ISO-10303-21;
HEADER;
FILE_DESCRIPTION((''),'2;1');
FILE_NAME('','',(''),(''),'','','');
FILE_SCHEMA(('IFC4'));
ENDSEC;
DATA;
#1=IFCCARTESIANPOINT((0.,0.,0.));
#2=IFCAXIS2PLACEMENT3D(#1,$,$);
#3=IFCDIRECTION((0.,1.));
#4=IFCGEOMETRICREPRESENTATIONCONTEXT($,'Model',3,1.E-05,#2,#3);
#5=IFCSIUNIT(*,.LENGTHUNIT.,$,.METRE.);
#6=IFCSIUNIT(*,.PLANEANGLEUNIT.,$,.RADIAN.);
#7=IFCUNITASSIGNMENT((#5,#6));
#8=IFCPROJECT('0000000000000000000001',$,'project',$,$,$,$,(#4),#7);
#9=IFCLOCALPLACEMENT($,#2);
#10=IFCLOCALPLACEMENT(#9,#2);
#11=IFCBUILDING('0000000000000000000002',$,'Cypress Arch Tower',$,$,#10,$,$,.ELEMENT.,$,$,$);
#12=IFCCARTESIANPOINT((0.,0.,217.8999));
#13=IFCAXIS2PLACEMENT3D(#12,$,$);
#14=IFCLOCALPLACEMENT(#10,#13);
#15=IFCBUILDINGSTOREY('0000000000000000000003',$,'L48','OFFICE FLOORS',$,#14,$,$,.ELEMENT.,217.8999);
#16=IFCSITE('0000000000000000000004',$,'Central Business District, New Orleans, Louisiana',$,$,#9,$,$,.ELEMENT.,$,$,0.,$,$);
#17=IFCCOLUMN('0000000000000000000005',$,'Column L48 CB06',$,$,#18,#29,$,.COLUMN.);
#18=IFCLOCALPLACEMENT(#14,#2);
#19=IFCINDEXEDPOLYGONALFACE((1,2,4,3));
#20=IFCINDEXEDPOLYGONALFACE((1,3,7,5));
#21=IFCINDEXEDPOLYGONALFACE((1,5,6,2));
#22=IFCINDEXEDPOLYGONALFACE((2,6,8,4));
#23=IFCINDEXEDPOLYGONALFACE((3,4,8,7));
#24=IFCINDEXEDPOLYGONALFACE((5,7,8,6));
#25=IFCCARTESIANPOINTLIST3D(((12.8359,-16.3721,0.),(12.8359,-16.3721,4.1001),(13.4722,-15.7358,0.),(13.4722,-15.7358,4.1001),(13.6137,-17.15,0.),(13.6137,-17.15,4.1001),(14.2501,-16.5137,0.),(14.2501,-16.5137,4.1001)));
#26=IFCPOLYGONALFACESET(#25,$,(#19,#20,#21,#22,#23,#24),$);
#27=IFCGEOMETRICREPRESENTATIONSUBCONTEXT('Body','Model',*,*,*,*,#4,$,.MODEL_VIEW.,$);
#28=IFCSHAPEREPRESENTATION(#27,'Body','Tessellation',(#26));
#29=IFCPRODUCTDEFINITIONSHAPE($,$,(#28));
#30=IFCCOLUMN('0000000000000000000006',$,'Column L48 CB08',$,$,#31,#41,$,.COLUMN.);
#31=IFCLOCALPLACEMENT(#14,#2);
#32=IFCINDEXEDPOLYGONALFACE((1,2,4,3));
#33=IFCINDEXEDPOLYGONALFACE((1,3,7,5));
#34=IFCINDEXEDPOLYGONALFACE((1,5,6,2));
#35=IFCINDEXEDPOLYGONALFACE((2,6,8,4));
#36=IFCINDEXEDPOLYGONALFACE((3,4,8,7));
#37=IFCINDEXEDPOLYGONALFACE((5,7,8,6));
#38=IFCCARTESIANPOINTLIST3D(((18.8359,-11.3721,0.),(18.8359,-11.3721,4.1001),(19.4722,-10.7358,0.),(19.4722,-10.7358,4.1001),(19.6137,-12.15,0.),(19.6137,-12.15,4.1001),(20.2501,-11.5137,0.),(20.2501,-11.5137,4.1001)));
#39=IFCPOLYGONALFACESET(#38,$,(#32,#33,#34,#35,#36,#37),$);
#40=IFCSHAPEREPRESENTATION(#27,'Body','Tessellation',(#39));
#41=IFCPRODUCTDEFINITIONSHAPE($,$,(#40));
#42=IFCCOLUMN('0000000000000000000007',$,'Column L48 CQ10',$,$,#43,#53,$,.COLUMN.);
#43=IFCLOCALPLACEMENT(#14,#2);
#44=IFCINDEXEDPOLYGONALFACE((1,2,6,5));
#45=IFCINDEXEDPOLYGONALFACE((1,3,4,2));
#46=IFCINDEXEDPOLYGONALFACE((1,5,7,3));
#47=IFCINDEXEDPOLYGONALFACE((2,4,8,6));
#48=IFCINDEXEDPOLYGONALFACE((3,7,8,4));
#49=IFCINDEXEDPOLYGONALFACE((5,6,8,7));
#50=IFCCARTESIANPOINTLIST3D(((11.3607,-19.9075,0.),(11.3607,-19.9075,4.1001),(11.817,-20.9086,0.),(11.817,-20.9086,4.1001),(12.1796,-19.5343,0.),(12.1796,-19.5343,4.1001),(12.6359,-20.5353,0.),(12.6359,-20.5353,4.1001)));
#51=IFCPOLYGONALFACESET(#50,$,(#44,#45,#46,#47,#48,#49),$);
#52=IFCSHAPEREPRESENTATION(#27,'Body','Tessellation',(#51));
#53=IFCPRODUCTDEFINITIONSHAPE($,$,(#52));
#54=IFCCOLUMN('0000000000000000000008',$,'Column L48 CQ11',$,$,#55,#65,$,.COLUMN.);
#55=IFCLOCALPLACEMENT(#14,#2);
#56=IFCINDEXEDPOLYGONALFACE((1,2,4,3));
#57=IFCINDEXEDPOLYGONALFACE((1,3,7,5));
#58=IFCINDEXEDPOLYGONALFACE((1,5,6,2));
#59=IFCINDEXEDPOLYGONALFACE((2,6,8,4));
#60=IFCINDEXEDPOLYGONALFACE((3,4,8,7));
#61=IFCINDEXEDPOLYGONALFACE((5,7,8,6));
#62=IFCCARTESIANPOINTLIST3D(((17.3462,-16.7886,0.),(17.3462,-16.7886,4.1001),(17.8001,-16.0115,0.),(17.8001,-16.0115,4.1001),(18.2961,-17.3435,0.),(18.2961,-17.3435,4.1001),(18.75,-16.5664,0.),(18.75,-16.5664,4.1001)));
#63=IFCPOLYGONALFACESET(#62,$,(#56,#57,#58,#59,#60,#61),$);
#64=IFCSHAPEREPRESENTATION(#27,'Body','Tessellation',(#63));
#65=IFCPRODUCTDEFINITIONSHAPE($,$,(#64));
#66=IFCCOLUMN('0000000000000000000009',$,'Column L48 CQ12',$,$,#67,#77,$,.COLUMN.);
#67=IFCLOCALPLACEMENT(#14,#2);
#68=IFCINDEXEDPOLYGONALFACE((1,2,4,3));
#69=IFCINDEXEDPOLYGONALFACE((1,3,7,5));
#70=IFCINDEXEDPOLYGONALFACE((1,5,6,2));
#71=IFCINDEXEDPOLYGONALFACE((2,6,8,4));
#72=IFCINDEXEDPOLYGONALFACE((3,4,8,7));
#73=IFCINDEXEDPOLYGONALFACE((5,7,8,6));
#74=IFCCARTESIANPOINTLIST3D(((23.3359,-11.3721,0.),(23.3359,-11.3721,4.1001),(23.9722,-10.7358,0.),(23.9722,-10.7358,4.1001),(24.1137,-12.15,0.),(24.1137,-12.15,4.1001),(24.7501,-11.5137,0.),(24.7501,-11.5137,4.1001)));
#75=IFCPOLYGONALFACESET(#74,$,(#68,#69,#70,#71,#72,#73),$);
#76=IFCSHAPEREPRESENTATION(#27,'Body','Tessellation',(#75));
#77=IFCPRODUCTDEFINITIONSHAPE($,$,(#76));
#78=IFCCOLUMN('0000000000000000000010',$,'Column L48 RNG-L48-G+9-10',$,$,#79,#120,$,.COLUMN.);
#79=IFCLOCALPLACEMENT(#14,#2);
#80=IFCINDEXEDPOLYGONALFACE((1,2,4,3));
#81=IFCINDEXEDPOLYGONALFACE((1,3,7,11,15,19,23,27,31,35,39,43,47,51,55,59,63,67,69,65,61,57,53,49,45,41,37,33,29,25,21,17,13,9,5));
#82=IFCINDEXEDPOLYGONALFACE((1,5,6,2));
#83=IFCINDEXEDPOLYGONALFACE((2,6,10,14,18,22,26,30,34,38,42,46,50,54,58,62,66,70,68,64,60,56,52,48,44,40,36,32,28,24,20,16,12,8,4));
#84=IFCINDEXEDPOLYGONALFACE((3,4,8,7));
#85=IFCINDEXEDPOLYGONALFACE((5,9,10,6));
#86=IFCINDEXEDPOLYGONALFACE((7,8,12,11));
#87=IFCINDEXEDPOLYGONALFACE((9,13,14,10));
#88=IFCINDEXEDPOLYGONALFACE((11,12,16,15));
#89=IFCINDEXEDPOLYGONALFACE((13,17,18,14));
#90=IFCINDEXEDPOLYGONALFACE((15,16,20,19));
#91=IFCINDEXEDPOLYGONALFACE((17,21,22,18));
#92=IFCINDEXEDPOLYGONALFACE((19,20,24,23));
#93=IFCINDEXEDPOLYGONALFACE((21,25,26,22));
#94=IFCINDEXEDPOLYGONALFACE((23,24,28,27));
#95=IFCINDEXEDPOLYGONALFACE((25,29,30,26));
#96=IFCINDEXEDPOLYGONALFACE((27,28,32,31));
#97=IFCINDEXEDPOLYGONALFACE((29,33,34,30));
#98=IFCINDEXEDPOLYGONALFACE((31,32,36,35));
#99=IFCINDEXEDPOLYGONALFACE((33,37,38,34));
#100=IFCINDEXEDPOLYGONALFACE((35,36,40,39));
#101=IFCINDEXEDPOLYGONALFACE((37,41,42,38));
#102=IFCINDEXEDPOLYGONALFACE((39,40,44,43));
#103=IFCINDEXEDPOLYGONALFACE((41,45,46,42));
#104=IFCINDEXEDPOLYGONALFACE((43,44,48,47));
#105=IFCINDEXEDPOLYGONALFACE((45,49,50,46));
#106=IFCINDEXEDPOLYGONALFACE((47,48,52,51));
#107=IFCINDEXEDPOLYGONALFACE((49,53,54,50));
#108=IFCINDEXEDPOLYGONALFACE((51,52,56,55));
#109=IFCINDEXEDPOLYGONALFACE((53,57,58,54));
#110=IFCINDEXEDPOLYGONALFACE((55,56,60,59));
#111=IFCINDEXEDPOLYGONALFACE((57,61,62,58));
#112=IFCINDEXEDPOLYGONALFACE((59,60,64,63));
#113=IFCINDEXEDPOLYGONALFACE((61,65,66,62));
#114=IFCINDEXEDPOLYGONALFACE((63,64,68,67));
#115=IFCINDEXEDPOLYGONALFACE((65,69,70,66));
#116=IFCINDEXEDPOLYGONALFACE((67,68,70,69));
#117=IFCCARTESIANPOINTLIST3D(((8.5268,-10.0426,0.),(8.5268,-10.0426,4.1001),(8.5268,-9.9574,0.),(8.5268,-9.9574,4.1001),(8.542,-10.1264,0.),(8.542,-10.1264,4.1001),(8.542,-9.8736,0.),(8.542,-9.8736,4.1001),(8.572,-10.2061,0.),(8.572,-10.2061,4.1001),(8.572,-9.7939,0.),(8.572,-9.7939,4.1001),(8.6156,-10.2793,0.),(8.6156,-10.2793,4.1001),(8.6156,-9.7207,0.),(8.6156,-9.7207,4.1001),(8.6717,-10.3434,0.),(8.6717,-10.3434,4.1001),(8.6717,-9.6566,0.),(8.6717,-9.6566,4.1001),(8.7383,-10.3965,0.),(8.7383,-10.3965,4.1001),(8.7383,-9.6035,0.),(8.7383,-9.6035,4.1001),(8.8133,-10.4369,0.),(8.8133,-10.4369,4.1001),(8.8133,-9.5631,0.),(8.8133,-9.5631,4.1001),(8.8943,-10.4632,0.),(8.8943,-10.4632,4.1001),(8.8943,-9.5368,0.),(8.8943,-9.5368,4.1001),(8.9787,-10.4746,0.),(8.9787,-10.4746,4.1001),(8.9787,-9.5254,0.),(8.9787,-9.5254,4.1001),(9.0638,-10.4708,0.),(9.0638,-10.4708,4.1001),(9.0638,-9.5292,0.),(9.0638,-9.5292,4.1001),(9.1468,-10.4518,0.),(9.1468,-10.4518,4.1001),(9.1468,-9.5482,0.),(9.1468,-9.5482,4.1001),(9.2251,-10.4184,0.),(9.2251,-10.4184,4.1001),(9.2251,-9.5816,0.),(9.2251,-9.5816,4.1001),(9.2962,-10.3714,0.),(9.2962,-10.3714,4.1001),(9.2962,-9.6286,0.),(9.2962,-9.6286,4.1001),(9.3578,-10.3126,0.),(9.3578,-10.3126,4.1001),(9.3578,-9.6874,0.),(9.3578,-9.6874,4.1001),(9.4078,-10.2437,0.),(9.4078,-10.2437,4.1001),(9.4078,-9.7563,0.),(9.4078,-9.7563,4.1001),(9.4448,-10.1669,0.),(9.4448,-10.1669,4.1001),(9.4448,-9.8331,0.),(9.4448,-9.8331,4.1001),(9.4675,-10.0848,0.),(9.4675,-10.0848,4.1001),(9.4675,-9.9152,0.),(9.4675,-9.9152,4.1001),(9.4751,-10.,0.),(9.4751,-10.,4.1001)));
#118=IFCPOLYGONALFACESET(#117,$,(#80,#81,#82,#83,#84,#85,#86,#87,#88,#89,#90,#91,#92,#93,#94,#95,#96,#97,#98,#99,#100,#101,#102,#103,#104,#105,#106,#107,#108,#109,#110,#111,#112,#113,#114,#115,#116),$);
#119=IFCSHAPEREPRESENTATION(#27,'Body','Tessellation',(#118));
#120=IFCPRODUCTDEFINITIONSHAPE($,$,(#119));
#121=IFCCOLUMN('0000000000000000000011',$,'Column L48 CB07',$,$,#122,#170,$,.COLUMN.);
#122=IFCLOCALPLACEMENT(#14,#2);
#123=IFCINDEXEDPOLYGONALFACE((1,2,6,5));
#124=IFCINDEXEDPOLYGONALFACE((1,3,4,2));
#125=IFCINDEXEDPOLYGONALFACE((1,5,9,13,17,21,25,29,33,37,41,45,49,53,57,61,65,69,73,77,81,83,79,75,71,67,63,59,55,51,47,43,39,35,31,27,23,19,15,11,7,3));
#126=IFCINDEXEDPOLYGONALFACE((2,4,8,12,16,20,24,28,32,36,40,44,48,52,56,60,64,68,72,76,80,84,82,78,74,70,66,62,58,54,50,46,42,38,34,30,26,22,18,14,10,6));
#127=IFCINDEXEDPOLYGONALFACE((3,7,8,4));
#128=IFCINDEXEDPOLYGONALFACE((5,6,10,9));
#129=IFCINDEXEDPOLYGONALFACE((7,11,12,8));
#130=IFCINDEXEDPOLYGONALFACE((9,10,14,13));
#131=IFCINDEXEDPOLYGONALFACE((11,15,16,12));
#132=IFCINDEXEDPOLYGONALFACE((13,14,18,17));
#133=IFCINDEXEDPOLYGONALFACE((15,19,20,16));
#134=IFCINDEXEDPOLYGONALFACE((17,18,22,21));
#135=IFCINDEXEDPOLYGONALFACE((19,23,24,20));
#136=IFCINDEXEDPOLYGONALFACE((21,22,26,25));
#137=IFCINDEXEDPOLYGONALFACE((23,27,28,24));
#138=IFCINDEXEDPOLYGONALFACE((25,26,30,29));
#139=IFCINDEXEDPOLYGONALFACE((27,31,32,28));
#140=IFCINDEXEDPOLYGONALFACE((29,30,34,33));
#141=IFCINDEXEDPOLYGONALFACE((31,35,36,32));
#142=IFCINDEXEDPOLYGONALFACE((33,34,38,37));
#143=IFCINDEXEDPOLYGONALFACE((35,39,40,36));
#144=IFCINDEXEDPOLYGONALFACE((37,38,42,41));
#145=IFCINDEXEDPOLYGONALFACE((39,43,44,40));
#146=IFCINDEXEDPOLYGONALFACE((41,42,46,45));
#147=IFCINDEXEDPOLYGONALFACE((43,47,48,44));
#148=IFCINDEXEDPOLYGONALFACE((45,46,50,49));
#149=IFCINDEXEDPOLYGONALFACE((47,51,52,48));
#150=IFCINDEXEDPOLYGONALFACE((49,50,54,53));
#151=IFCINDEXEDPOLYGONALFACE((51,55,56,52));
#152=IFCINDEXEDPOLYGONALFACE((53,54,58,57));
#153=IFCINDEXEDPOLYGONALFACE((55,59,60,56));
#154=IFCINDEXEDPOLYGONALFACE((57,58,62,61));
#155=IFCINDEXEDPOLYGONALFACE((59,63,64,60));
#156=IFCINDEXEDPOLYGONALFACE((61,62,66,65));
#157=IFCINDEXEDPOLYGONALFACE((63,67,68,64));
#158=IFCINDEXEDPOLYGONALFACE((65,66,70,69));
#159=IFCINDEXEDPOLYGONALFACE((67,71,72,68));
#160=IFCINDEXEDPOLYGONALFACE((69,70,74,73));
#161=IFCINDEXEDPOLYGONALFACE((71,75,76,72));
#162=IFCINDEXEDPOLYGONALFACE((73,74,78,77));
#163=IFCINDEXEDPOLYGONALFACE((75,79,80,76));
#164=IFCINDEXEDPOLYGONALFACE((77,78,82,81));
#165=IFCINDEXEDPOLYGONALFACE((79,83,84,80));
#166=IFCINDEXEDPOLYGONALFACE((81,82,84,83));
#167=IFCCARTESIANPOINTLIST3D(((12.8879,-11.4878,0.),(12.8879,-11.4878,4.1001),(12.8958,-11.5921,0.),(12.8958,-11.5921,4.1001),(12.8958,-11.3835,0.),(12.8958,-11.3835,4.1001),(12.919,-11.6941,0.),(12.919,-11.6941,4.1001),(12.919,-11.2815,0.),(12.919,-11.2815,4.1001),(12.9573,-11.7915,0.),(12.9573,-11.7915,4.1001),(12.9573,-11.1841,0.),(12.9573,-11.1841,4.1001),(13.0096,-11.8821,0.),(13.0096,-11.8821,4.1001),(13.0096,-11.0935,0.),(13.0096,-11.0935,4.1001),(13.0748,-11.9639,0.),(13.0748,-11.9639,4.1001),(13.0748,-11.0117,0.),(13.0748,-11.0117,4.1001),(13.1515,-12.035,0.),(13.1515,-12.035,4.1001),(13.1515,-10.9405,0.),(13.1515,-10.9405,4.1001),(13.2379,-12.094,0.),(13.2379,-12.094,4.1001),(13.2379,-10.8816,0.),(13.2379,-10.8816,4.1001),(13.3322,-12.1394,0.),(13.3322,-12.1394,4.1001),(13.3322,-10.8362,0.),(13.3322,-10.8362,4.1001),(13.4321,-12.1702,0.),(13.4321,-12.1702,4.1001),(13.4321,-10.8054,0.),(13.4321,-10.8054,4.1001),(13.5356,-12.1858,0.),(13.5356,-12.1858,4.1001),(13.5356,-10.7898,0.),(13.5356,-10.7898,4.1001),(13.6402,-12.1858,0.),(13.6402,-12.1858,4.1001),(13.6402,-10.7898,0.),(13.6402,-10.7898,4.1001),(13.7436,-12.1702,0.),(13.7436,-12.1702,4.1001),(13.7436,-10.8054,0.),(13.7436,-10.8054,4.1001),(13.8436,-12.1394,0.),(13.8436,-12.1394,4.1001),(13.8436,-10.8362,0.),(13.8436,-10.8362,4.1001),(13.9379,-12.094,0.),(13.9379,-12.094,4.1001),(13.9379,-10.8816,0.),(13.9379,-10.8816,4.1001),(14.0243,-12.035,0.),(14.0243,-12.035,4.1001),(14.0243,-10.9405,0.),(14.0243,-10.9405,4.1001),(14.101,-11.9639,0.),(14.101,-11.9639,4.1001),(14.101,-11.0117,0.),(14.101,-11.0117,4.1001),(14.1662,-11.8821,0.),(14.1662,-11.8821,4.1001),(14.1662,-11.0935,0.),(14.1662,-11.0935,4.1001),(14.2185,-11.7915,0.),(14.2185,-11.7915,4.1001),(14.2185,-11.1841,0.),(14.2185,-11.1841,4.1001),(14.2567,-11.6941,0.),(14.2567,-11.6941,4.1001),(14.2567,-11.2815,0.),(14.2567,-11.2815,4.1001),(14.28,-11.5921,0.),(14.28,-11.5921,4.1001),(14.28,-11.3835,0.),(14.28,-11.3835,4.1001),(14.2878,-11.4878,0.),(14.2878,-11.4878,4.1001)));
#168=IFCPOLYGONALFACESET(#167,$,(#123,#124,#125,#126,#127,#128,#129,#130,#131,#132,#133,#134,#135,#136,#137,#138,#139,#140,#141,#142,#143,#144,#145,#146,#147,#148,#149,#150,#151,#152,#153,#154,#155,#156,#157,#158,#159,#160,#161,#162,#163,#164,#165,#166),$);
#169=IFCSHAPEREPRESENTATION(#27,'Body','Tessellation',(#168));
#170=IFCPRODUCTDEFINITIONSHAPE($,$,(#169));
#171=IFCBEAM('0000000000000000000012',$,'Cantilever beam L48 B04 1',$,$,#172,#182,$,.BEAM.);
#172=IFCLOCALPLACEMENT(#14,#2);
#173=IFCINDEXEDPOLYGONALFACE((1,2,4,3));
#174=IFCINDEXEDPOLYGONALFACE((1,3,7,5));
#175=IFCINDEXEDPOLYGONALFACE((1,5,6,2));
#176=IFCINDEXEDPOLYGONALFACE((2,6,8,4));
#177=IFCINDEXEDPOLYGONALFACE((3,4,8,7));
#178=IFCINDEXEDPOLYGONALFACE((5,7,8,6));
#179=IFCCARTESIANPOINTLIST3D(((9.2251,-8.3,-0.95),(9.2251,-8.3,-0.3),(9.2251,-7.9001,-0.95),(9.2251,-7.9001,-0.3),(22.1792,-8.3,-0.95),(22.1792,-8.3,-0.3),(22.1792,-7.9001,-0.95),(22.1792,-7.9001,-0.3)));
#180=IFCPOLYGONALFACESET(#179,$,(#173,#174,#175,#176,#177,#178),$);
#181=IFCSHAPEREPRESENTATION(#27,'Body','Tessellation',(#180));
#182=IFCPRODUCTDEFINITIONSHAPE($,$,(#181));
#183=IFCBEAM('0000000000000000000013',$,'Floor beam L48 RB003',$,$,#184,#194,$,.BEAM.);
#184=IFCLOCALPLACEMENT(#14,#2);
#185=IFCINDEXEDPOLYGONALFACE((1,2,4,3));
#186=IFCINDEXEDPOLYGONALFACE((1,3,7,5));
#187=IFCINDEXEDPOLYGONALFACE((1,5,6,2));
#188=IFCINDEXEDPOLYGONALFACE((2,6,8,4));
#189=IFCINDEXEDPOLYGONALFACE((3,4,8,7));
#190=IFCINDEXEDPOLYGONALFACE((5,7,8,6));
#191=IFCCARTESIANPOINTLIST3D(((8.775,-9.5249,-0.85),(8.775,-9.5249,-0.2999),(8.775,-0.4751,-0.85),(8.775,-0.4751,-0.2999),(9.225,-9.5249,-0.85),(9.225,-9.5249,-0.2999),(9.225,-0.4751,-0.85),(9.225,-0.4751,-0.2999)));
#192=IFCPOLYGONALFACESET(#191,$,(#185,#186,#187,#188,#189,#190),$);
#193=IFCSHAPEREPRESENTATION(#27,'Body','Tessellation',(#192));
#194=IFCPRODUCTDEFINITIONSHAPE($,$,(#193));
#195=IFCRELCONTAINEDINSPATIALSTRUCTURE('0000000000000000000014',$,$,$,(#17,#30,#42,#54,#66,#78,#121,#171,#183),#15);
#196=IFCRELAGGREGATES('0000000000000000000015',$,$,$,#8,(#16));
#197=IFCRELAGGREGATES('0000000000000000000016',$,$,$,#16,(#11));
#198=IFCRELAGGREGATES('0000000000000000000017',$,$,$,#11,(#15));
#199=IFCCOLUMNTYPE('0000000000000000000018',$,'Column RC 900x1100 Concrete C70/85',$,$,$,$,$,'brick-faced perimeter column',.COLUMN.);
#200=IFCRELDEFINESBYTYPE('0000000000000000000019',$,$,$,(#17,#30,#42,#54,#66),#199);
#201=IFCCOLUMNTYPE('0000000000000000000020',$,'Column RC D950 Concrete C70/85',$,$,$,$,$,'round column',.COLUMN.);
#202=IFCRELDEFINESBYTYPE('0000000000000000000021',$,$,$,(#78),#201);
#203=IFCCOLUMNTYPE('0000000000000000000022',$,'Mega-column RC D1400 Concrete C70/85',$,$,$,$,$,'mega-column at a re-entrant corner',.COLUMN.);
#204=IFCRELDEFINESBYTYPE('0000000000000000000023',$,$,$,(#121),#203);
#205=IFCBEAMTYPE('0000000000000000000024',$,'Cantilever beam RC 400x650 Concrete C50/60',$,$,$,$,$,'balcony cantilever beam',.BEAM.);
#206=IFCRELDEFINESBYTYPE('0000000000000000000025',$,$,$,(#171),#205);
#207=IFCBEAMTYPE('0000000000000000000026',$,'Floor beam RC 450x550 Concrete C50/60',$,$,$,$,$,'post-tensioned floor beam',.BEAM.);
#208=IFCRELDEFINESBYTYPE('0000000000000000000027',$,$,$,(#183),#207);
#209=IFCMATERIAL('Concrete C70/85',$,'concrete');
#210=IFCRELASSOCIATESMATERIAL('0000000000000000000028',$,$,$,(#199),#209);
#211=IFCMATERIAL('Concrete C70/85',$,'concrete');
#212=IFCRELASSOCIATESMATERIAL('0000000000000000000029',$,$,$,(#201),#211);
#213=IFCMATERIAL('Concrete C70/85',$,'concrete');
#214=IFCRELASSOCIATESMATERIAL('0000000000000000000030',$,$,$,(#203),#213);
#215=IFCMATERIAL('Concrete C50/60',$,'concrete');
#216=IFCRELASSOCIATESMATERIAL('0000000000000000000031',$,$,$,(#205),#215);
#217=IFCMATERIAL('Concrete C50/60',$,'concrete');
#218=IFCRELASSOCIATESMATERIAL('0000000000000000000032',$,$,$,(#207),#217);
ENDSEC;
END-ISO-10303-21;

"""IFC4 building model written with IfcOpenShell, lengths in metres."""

from ifc_helpers import new_model, si_unit, direction, frame, origin, origin_2d, place, context, subcontext, project, spatial, rectangle, circle, extrude, material, material_profile, profile_set, type_object, element, save


model = new_model("IFC4")

# Units and contexts
model_context = context("Model", 3, precision=1e-05, world=origin(), true_north=direction((0.0, 1.0)))
body_context = subcontext(model_context, "Body", "Model", "MODEL_VIEW")
ifc_project = project(units=[si_unit("LENGTHUNIT", "METRE"), si_unit("PLANEANGLEUNIT", "RADIAN")], contexts=[model_context])

# Site, building, storey
site_placement = place(None, origin())
site = spatial("IfcSite", under=ifc_project, at=site_placement, Name="Central Business District, New Orleans, Louisiana", CompositionType="ELEMENT", RefElevation=0.0)
building_placement = place(site_placement, origin())
building = spatial("IfcBuilding", under=site, at=building_placement, Name="Cypress Arch Tower", CompositionType="ELEMENT")
storey_placement = place(building_placement, frame((0.0, 0.0, 217.8999)))
storey = spatial("IfcBuildingStorey", under=building, at=storey_placement, Name="L48", Description="OFFICE FLOORS", CompositionType="ELEMENT", Elevation=217.8999)

# Columns
ifc_material_1 = material(Name="Concrete C70/85", Category="concrete")
ifc_material_profile_1 = material_profile(ifc_material_1, rectangle(XDim=0.8999, YDim=1.1001, at=origin_2d()), Name="RC 900x1100")
ifc_profile_set_1 = profile_set([ifc_material_profile_1], Name="Concrete C70/85")
column_type_1 = type_object("IfcColumnType", Name="Column RC 900x1100 Concrete C70/85", ElementType="brick-faced perimeter column", PredefinedType="COLUMN", material=ifc_profile_set_1)
for number, where, z_axis, x_axis, name in (
    (1, (13.543, -16.4429, 0.0), (0.0, 0.0, 1.0), (0.707107, 0.707107, 0.0), "Column L48 CB06"),
    (2, (19.543, -11.4429, 0.0), (0.0, 0.0, 1.0), (0.707107, 0.707107, 0.0), "Column L48 CB08"),
    (3, (11.9983, -20.2214, 0.0), (0.0, 0.0, 1.0), (0.909932, 0.414757, 0.0), "Column L48 CQ10"),
    (4, (18.0481, -16.6775, 0.0), (0.0, 0.0, 1.0), (0.504399, 0.863471, 0.0), "Column L48 CQ11"),
    (5, (24.043, -11.4429, 0.0), (0.0, 0.0, 1.0), (0.707107, 0.707107, 0.0), "Column L48 CQ12"),
):
    element("IfcColumn", number, at=place(storey_placement, frame(where, z_axis=z_axis, x_axis=x_axis)), inside=storey, type_object=column_type_1, Name=name, PredefinedType="COLUMN", context=body_context, shape_type="SweptSolid", body=[
        extrude(rectangle(XDim=0.8999, YDim=1.1001, at=origin_2d()), origin(), (0.0, 0.0, 1.0), 4.1001),
    ])
ifc_material_2 = material(Name="Concrete C70/85", Category="concrete")
ifc_material_profile_2 = material_profile(ifc_material_2, circle(Radius=0.4751, at=origin_2d()), Name="RC D950")
ifc_profile_set_2 = profile_set([ifc_material_profile_2], Name="Concrete C70/85")
column_type_2 = type_object("IfcColumnType", Name="Column RC D950 Concrete C70/85", ElementType="round column", PredefinedType="COLUMN", material=ifc_profile_set_2)
column_1_placement = place(storey_placement, frame((9.0, -10.0, 0.0), z_axis=(0.0, 0.0, 1.0), x_axis=(1.0, 0.0, 0.0)))
element("IfcColumn", 6, at=column_1_placement, inside=storey, type_object=column_type_2, Name="Column L48 RNG-L48-G+9-10", PredefinedType="COLUMN", context=body_context, shape_type="SweptSolid", body=[
    extrude(circle(Radius=0.4751, at=origin_2d()), origin(), (0.0, 0.0, 1.0), 4.1001),
])
ifc_material_3 = material(Name="Concrete C70/85", Category="concrete")
ifc_material_profile_3 = material_profile(ifc_material_3, circle(Radius=0.7, at=origin_2d()), Name="RC D1400")
ifc_profile_set_3 = profile_set([ifc_material_profile_3], Name="Concrete C70/85")
column_type_3 = type_object("IfcColumnType", Name="Mega-column RC D1400 Concrete C70/85", ElementType="mega-column at a re-entrant corner", PredefinedType="COLUMN", material=ifc_profile_set_3)
column_2_placement = place(storey_placement, frame((13.5879, -11.4878, 0.0), z_axis=(0.0, 0.0, 1.0), x_axis=(1.0, 0.0, 0.0)))
element("IfcColumn", 7, at=column_2_placement, inside=storey, type_object=column_type_3, Name="Column L48 CB07", PredefinedType="COLUMN", context=body_context, shape_type="SweptSolid", body=[
    extrude(circle(Radius=0.7, at=origin_2d()), origin(), (0.0, 0.0, 1.0), 4.1001),
])

# Beams
ifc_material_4 = material(Name="Concrete C50/60", Category="concrete")
ifc_material_profile_4 = material_profile(ifc_material_4, rectangle(XDim=0.3999, YDim=0.6499, at=origin_2d()), Name="RC 400x650")
ifc_profile_set_4 = profile_set([ifc_material_profile_4], Name="Concrete C50/60")
beam_type_1 = type_object("IfcBeamType", Name="Cantilever beam RC 400x650 Concrete C50/60", ElementType="balcony cantilever beam", PredefinedType="BEAM", material=ifc_profile_set_4)
beam_1_placement = place(storey_placement, frame((9.2251, -8.1001, -0.625), z_axis=(1.0, 0.0, 0.0), x_axis=(0.0, 1.0, 0.0)))
element("IfcBeam", 8, at=beam_1_placement, inside=storey, type_object=beam_type_1, Name="Cantilever beam L48 B04 1", PredefinedType="BEAM", context=body_context, shape_type="SweptSolid", body=[
    extrude(rectangle(XDim=0.3999, YDim=0.6499, at=origin_2d()), origin(), (0.0, 0.0, 1.0), 12.9541),
])
ifc_material_5 = material(Name="Concrete C50/60", Category="concrete")
ifc_material_profile_5 = material_profile(ifc_material_5, rectangle(XDim=0.45, YDim=0.55, at=origin_2d()), Name="RC 450x550")
ifc_profile_set_5 = profile_set([ifc_material_profile_5], Name="Concrete C50/60")
beam_type_2 = type_object("IfcBeamType", Name="Floor beam RC 450x550 Concrete C50/60", ElementType="post-tensioned floor beam", PredefinedType="BEAM", material=ifc_profile_set_5)
beam_2_placement = place(storey_placement, frame((9.0, -9.5249, -0.575), z_axis=(0.0, 1.0, 0.0), x_axis=(-1.0, 0.0, 0.0)))
element("IfcBeam", 9, at=beam_2_placement, inside=storey, type_object=beam_type_2, Name="Floor beam L48 RB003", PredefinedType="BEAM", context=body_context, shape_type="SweptSolid", body=[
    extrude(rectangle(XDim=0.45, YDim=0.55, at=origin_2d()), origin(), (0.0, 0.0, 1.0), 9.0498),
])

save(model, "model.ifc")
